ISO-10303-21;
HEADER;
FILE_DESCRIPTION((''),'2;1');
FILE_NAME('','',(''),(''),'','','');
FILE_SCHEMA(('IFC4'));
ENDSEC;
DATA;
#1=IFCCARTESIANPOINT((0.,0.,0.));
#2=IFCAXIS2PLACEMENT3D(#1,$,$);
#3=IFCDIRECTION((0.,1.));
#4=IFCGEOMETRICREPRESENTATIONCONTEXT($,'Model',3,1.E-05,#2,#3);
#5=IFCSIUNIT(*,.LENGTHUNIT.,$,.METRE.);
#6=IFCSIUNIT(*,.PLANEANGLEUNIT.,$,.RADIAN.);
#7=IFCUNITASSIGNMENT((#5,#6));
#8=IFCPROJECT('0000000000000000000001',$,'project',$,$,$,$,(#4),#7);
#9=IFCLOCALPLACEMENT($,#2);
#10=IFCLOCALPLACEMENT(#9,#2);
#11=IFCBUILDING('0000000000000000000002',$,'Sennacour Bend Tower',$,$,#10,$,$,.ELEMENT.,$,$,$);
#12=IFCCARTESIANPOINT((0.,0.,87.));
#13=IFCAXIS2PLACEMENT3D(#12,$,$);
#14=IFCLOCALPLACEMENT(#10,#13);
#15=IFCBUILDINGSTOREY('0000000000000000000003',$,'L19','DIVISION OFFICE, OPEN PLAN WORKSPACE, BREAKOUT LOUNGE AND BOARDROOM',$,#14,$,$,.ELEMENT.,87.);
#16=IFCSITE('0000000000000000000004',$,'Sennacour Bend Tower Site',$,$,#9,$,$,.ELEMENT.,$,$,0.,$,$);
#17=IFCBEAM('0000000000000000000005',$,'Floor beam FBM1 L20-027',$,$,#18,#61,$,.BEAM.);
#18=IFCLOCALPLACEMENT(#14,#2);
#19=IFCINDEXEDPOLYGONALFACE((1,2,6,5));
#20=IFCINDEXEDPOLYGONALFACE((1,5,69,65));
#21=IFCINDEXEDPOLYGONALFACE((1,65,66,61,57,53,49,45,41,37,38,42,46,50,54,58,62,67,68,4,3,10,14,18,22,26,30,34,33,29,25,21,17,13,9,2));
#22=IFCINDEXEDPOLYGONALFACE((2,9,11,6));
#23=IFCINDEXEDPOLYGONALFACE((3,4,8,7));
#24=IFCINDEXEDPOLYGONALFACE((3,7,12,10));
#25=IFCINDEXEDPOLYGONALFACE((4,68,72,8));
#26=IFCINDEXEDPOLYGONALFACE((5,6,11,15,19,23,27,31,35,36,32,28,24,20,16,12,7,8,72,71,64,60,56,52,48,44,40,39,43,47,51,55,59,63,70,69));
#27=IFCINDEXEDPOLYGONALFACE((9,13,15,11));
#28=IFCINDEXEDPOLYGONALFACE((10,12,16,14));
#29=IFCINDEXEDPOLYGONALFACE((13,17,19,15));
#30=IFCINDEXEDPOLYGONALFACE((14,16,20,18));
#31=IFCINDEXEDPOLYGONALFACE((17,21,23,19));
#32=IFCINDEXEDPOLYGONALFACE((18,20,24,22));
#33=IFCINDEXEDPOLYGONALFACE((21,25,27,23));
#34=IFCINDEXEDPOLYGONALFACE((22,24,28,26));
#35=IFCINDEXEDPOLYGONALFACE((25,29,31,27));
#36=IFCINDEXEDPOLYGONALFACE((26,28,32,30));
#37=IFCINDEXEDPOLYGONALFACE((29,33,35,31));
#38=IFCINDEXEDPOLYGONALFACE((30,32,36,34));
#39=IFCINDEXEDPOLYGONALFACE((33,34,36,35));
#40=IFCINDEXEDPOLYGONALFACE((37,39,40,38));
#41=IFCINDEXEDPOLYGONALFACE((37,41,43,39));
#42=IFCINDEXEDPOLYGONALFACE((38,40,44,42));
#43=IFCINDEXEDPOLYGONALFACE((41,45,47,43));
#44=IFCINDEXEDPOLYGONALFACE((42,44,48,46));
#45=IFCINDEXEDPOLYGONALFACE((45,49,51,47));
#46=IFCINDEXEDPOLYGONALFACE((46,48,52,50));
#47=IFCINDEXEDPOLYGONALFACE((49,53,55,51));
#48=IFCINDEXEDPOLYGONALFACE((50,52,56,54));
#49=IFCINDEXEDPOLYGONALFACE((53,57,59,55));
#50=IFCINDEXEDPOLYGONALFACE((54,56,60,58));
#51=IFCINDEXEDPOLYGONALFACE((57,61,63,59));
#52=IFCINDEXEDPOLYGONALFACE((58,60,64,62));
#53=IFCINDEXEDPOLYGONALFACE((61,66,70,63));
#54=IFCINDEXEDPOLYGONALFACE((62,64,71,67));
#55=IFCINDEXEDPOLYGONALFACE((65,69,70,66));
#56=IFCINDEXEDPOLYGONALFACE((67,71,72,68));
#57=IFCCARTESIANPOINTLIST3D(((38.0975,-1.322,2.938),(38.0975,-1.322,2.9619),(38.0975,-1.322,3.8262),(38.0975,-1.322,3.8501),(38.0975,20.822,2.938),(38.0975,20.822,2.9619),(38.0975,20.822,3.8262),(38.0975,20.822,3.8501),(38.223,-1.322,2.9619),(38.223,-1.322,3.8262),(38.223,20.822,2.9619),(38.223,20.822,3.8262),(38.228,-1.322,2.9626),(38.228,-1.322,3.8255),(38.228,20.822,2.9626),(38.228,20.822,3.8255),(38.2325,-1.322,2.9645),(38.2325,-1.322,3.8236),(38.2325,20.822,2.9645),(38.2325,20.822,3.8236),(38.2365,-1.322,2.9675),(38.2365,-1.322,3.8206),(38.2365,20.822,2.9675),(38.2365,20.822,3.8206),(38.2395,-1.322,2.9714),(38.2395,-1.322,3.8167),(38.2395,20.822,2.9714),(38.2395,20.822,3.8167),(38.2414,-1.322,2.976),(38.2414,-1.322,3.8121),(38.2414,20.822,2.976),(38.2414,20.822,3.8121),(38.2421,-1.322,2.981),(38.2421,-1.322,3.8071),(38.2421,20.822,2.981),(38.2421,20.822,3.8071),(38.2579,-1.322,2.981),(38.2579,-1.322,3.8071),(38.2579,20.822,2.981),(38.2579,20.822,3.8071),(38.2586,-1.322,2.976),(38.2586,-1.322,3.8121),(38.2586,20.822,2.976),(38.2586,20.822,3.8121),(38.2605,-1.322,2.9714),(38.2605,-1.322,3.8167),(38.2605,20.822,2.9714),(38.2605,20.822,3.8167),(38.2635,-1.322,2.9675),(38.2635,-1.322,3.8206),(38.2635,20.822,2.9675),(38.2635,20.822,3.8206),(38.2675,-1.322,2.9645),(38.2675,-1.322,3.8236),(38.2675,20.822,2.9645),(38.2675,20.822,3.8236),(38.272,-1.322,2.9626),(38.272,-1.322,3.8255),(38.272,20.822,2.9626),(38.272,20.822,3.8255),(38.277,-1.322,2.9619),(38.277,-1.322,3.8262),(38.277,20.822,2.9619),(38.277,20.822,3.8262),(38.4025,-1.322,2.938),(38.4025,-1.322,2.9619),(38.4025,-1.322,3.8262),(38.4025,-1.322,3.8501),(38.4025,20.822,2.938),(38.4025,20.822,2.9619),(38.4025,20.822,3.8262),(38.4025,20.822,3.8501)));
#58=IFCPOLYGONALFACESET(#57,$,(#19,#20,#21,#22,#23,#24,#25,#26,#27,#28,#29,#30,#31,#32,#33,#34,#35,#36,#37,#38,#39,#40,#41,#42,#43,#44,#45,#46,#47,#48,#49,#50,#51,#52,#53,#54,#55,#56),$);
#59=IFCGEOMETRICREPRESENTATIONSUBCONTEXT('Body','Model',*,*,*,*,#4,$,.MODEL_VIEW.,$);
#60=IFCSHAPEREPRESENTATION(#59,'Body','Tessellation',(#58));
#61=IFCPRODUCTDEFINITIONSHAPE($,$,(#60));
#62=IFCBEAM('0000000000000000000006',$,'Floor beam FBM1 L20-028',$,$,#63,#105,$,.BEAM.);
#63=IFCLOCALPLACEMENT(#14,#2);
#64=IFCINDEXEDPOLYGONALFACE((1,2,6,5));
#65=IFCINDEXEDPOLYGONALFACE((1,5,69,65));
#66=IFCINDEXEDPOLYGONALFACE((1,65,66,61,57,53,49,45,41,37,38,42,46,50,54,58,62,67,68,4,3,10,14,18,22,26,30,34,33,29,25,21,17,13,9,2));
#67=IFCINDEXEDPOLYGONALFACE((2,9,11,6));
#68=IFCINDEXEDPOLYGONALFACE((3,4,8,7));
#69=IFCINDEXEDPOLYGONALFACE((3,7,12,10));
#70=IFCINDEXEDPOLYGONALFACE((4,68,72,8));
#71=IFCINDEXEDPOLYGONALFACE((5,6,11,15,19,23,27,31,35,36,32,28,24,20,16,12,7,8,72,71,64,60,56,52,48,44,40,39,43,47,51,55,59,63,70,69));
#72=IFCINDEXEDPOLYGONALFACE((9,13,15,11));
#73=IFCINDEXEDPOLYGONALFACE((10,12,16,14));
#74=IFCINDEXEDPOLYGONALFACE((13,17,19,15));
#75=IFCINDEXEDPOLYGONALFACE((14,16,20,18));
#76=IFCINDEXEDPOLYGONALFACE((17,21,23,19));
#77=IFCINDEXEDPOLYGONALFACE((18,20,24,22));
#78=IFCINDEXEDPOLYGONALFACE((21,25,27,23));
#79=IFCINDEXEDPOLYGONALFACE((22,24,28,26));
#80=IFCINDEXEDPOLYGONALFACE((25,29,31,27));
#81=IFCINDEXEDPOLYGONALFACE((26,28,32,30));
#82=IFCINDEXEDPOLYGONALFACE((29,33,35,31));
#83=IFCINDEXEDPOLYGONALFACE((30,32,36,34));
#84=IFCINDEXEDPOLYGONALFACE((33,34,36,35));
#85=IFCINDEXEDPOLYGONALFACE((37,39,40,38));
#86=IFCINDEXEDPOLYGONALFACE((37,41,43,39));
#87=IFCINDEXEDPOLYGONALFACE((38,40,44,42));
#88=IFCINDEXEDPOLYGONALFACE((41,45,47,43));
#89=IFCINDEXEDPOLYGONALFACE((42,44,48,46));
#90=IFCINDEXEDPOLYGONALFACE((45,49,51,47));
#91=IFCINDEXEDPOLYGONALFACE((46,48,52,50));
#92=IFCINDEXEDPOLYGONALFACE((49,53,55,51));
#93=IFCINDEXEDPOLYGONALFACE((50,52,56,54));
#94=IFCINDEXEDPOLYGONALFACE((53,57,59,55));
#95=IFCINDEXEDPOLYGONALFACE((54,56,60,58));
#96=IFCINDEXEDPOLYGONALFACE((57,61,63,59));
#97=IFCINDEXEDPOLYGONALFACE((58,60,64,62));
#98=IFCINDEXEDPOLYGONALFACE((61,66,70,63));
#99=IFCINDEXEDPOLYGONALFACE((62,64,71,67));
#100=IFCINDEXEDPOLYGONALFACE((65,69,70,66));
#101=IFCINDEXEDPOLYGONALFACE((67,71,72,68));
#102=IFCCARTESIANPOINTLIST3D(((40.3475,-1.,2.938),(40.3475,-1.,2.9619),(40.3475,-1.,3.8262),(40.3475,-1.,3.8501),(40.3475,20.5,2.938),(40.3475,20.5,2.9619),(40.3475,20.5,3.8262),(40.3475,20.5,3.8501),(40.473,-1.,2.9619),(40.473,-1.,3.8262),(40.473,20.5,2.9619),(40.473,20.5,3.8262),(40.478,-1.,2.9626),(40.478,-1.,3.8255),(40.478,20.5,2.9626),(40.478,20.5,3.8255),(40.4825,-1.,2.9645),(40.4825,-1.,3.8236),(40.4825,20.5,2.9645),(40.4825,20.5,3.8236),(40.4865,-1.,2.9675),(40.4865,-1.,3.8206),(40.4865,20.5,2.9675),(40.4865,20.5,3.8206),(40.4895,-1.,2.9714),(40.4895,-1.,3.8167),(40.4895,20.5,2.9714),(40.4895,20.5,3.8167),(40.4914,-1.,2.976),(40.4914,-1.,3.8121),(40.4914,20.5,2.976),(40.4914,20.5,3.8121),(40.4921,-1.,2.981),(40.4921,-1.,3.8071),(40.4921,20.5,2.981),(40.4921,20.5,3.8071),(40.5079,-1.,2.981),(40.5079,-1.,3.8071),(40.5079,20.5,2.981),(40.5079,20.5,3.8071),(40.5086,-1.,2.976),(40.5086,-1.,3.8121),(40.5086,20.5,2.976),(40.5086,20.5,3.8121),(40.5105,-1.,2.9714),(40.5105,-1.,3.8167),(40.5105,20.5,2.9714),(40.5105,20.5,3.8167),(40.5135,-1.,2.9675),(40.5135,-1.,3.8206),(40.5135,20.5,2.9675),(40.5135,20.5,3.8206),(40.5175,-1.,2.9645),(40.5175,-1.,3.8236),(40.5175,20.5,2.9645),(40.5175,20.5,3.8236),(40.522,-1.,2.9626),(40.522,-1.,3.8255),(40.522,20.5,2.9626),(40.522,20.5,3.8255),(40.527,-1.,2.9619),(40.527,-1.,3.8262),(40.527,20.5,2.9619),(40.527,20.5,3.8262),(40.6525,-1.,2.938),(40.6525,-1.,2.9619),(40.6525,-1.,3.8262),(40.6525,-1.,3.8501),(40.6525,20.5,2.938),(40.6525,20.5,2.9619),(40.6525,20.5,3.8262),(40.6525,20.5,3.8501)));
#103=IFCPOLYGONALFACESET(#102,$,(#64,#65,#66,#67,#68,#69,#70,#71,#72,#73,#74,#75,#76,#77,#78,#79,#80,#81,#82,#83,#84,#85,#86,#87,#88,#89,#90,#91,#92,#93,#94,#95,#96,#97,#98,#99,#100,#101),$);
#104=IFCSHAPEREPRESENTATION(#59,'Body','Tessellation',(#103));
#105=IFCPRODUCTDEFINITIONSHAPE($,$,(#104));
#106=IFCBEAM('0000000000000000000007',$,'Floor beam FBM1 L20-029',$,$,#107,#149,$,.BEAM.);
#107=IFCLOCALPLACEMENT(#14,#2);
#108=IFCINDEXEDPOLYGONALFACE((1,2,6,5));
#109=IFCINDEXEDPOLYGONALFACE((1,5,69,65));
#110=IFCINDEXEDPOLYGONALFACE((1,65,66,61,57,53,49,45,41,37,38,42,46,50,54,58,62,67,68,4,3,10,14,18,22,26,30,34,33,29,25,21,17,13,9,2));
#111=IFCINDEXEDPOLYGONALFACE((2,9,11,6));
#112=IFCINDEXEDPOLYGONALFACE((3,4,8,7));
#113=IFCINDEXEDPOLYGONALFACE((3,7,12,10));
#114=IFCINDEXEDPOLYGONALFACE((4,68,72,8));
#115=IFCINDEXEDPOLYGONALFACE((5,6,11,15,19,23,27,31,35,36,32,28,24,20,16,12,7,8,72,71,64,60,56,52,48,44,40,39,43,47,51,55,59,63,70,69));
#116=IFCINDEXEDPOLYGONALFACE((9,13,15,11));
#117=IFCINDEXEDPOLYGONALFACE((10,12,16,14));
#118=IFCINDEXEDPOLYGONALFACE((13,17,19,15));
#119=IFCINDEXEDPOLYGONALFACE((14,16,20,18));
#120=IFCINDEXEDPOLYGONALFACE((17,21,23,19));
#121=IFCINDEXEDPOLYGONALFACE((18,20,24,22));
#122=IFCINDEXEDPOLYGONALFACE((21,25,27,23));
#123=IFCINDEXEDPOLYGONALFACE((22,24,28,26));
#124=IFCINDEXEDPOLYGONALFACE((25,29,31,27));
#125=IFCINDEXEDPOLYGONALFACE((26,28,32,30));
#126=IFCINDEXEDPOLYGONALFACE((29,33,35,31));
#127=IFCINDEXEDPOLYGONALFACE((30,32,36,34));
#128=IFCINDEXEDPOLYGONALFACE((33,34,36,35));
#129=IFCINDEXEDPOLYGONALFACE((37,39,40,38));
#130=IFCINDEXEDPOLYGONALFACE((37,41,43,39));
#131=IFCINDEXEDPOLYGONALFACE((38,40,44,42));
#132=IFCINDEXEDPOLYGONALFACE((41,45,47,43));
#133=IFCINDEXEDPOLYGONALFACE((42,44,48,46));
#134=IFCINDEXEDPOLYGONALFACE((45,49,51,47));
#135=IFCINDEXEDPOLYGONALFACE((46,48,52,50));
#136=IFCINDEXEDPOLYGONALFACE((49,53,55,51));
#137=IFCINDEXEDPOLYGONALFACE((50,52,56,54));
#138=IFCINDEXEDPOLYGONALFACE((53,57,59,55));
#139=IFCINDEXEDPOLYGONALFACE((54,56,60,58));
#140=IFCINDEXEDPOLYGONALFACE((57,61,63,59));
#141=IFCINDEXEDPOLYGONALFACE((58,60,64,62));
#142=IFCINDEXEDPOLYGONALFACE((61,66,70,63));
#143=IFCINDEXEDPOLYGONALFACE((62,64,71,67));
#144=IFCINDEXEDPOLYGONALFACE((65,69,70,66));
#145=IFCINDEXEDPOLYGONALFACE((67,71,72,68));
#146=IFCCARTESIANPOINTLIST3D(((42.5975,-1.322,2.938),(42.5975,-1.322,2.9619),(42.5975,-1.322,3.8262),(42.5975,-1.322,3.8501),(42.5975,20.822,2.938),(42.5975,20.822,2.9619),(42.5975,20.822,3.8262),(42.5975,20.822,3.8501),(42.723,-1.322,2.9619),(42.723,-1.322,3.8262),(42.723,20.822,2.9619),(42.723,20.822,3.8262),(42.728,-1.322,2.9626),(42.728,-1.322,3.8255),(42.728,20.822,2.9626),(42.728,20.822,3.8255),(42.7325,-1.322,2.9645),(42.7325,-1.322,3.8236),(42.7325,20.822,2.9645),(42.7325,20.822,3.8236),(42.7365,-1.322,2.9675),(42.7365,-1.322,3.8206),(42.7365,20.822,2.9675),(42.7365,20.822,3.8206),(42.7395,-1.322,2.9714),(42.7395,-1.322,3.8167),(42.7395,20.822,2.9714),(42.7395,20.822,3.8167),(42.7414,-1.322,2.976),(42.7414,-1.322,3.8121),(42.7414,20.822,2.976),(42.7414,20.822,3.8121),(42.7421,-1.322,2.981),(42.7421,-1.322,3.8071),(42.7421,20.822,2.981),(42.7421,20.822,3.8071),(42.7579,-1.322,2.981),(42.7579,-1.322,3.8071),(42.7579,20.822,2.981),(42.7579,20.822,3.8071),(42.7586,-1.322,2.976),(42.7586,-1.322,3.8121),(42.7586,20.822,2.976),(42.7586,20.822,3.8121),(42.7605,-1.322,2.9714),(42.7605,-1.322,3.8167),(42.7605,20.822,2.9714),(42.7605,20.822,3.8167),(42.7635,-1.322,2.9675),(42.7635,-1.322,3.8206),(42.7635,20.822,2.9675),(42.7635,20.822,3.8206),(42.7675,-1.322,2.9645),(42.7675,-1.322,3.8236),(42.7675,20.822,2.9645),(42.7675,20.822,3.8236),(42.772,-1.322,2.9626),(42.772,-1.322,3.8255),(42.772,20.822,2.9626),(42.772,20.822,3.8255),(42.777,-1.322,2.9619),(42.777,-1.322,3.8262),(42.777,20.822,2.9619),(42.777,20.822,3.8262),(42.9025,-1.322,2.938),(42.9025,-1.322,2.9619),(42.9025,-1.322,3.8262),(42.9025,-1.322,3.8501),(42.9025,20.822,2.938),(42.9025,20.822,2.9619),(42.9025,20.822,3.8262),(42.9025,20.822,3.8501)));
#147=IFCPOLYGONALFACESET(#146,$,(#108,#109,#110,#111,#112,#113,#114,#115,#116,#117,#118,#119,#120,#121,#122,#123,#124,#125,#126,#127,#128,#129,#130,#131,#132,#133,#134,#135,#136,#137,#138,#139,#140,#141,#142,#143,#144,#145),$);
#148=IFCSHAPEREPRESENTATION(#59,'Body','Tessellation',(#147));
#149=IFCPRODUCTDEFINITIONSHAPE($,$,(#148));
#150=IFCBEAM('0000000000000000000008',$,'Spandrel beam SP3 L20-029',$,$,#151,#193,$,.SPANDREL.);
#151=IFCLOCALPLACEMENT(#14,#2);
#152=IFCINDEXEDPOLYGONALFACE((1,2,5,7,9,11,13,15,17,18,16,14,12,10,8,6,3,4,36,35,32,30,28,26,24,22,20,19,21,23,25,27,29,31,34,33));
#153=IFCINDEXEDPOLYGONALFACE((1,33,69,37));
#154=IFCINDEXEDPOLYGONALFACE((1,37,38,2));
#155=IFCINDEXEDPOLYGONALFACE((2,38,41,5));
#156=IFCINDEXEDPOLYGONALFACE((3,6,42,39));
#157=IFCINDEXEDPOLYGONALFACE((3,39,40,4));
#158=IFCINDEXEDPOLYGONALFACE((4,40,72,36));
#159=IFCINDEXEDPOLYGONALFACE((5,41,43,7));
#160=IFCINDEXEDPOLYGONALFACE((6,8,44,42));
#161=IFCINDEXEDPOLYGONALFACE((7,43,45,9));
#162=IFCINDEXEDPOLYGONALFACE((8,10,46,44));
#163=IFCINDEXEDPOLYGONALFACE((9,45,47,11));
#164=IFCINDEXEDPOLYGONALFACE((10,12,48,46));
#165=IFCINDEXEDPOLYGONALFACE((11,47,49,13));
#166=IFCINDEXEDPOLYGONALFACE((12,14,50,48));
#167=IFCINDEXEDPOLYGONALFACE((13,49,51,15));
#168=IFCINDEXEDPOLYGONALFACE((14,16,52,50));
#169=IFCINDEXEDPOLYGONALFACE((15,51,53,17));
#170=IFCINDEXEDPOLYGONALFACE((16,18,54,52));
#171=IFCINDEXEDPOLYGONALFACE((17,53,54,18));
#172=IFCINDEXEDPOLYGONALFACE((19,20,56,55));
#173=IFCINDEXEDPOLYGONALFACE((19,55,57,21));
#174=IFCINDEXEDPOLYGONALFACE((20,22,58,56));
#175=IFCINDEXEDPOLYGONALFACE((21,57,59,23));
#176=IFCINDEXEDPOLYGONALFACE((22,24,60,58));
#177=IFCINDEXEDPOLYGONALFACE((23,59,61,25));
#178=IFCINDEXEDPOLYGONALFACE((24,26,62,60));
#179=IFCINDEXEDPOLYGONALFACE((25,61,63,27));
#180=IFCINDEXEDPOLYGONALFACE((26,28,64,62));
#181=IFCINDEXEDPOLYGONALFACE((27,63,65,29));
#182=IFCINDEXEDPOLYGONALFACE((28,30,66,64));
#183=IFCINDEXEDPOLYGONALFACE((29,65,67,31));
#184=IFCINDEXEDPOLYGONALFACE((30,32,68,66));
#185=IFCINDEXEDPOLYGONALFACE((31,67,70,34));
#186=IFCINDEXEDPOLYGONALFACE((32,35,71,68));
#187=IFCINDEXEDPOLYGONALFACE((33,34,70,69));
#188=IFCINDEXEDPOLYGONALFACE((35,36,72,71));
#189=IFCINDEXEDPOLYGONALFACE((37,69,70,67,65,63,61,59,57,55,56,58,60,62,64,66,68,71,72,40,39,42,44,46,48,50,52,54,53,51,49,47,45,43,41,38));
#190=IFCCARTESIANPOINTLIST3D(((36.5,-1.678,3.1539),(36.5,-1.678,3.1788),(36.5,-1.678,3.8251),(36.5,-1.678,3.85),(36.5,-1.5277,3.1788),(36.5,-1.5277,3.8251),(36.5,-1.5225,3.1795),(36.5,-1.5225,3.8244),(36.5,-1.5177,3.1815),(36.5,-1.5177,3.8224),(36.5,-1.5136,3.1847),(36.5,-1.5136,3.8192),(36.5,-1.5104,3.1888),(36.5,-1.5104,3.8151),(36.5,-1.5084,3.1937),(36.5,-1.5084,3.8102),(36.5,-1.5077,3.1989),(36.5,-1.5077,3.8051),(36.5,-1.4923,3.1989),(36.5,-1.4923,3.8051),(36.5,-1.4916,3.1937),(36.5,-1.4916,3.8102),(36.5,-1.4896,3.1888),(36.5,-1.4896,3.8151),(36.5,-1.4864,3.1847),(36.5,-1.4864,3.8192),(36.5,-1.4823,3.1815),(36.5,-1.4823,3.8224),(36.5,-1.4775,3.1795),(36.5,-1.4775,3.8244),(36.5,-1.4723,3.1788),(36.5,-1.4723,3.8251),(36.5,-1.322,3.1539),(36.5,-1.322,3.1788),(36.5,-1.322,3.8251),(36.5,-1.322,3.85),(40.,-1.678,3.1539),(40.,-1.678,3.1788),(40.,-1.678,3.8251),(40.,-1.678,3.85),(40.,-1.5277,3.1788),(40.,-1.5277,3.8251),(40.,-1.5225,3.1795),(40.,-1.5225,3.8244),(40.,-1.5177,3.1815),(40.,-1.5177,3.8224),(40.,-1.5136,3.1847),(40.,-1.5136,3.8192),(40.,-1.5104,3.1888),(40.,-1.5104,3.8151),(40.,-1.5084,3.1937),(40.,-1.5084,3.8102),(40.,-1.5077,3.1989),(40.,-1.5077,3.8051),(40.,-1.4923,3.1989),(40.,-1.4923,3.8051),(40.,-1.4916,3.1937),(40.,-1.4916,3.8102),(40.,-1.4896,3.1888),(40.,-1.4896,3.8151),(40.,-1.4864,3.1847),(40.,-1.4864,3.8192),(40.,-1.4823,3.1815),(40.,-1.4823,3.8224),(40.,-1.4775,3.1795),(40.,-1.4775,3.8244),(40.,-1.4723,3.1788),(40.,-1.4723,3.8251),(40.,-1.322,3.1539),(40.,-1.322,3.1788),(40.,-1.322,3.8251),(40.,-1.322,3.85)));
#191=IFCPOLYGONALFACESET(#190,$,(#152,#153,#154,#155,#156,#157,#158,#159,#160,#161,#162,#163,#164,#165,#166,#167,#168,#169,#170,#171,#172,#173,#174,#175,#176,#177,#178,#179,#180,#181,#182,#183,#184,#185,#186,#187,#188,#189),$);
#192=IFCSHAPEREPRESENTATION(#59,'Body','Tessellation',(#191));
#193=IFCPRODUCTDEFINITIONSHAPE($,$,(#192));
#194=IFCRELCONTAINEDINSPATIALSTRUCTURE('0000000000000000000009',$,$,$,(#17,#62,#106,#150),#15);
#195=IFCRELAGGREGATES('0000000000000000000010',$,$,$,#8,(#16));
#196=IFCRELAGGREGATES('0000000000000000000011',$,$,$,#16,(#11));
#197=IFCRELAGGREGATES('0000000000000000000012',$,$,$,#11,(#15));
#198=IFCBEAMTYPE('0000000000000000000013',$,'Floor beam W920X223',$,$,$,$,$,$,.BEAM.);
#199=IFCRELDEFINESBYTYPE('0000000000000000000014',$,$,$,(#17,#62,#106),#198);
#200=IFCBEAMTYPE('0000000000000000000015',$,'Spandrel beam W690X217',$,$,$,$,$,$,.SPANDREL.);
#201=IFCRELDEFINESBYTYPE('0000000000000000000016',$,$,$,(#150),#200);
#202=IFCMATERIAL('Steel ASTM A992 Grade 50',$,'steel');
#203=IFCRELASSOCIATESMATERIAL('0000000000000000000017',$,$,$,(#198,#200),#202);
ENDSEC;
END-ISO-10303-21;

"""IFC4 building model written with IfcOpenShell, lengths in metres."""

from ifc_helpers import new_model, si_unit, direction, frame, origin, origin_2d, place, context, subcontext, project, spatial, i_section, extrude, material, material_profile, profile_set, type_object, element, save


model = new_model("IFC4")

# Units and contexts
model_context = context("Model", 3, precision=1e-05, world=origin(), true_north=direction((0.0, 1.0)))
body_context = subcontext(model_context, "Body", "Model", "MODEL_VIEW")
ifc_project = project(units=[si_unit("LENGTHUNIT", "METRE"), si_unit("PLANEANGLEUNIT", "RADIAN")], contexts=[model_context])

# Site, building, storey
site_placement = place(None, origin())
site = spatial("IfcSite", under=ifc_project, at=site_placement, Name="Sennacour Bend Tower Site", CompositionType="ELEMENT", RefElevation=0.0)
building_placement = place(site_placement, origin())
building = spatial("IfcBuilding", under=site, at=building_placement, Name="Sennacour Bend Tower", CompositionType="ELEMENT")
storey_placement = place(building_placement, frame((0.0, 0.0, 87.0)))
storey = spatial("IfcBuildingStorey", under=building, at=storey_placement, Name="L19", Description="DIVISION OFFICE, OPEN PLAN WORKSPACE, BREAKOUT LOUNGE AND BOARDROOM", CompositionType="ELEMENT", Elevation=87.0)

# Beams
ifc_material_1 = material(Name="Steel ASTM A992 Grade 50", Category="steel")
ifc_material_profile_1 = material_profile(ifc_material_1, i_section(OverallWidth=0.3049, OverallDepth=0.9121, WebThickness=0.0159, FlangeThickness=0.0239, FilletRadius=0.019, at=origin_2d()), Name="Steel ASTM A992 Grade 50", Category="steel")
ifc_profile_set_1 = profile_set([ifc_material_profile_1], Name="Steel ASTM A992 Grade 50")
beam_type_1 = type_object("IfcBeamType", Name="Floor beam W920X223", PredefinedType="BEAM", material=ifc_profile_set_1)
beam_1_placement = place(storey_placement, frame((38.25, -1.322, 3.394), z_axis=(0.0, 1.0, 0.0), x_axis=(-1.0, 0.0, 0.0)))
element("IfcBeam", 1, at=beam_1_placement, inside=storey, type_object=beam_type_1, Name="Floor beam FBM1 L20-027", PredefinedType="BEAM", context=body_context, shape_type="SweptSolid", body=[
    extrude(i_section(OverallWidth=0.3049, OverallDepth=0.9121, WebThickness=0.0159, FlangeThickness=0.0239, FilletRadius=0.019, at=origin_2d()), origin(), (0.0, 0.0, 1.0), 22.144),
])
beam_2_placement = place(storey_placement, frame((40.5, -1.0, 3.394), z_axis=(0.0, 1.0, 0.0), x_axis=(-1.0, 0.0, 0.0)))
element("IfcBeam", 2, at=beam_2_placement, inside=storey, type_object=beam_type_1, Name="Floor beam FBM1 L20-028", PredefinedType="BEAM", context=body_context, shape_type="SweptSolid", body=[
    extrude(i_section(OverallWidth=0.3049, OverallDepth=0.9121, WebThickness=0.0159, FlangeThickness=0.0239, FilletRadius=0.019, at=origin_2d()), origin(), (0.0, 0.0, 1.0), 21.5),
])
beam_3_placement = place(storey_placement, frame((42.75, -1.322, 3.394), z_axis=(0.0, 1.0, 0.0), x_axis=(-1.0, 0.0, 0.0)))
element("IfcBeam", 3, at=beam_3_placement, inside=storey, type_object=beam_type_1, Name="Floor beam FBM1 L20-029", PredefinedType="BEAM", context=body_context, shape_type="SweptSolid", body=[
    extrude(i_section(OverallWidth=0.3049, OverallDepth=0.9121, WebThickness=0.0159, FlangeThickness=0.0239, FilletRadius=0.019, at=origin_2d()), origin(), (0.0, 0.0, 1.0), 22.144),
])
ifc_material_profile_2 = material_profile(ifc_material_1, i_section(OverallWidth=0.356, OverallDepth=0.696, WebThickness=0.0154, FlangeThickness=0.0249, FilletRadius=0.02, at=origin_2d()), Name="Steel ASTM A992 Grade 50", Category="steel")
ifc_profile_set_2 = profile_set([ifc_material_profile_2], Name="Steel ASTM A992 Grade 50")
beam_type_2 = type_object("IfcBeamType", Name="Spandrel beam W690X217", PredefinedType="SPANDREL", material=ifc_profile_set_2)
for number, where, z_axis, x_axis, name in (
    (4, (40.0, -1.5, 3.502), (-1.0, 0.0, 0.0), (0.0, -1.0, 0.0), "Spandrel beam SP3 L20-029"),
):
    element("IfcBeam", number, at=place(storey_placement, frame(where, z_axis=z_axis, x_axis=x_axis)), inside=storey, type_object=beam_type_2, Name=name, PredefinedType="SPANDREL", context=body_context, shape_type="SweptSolid", body=[
        extrude(i_section(OverallWidth=0.356, OverallDepth=0.696, WebThickness=0.0154, FlangeThickness=0.0249, FilletRadius=0.02, at=origin_2d()), origin(), (0.0, 0.0, 1.0), 3.5),
    ])

save(model, "model.ifc")
